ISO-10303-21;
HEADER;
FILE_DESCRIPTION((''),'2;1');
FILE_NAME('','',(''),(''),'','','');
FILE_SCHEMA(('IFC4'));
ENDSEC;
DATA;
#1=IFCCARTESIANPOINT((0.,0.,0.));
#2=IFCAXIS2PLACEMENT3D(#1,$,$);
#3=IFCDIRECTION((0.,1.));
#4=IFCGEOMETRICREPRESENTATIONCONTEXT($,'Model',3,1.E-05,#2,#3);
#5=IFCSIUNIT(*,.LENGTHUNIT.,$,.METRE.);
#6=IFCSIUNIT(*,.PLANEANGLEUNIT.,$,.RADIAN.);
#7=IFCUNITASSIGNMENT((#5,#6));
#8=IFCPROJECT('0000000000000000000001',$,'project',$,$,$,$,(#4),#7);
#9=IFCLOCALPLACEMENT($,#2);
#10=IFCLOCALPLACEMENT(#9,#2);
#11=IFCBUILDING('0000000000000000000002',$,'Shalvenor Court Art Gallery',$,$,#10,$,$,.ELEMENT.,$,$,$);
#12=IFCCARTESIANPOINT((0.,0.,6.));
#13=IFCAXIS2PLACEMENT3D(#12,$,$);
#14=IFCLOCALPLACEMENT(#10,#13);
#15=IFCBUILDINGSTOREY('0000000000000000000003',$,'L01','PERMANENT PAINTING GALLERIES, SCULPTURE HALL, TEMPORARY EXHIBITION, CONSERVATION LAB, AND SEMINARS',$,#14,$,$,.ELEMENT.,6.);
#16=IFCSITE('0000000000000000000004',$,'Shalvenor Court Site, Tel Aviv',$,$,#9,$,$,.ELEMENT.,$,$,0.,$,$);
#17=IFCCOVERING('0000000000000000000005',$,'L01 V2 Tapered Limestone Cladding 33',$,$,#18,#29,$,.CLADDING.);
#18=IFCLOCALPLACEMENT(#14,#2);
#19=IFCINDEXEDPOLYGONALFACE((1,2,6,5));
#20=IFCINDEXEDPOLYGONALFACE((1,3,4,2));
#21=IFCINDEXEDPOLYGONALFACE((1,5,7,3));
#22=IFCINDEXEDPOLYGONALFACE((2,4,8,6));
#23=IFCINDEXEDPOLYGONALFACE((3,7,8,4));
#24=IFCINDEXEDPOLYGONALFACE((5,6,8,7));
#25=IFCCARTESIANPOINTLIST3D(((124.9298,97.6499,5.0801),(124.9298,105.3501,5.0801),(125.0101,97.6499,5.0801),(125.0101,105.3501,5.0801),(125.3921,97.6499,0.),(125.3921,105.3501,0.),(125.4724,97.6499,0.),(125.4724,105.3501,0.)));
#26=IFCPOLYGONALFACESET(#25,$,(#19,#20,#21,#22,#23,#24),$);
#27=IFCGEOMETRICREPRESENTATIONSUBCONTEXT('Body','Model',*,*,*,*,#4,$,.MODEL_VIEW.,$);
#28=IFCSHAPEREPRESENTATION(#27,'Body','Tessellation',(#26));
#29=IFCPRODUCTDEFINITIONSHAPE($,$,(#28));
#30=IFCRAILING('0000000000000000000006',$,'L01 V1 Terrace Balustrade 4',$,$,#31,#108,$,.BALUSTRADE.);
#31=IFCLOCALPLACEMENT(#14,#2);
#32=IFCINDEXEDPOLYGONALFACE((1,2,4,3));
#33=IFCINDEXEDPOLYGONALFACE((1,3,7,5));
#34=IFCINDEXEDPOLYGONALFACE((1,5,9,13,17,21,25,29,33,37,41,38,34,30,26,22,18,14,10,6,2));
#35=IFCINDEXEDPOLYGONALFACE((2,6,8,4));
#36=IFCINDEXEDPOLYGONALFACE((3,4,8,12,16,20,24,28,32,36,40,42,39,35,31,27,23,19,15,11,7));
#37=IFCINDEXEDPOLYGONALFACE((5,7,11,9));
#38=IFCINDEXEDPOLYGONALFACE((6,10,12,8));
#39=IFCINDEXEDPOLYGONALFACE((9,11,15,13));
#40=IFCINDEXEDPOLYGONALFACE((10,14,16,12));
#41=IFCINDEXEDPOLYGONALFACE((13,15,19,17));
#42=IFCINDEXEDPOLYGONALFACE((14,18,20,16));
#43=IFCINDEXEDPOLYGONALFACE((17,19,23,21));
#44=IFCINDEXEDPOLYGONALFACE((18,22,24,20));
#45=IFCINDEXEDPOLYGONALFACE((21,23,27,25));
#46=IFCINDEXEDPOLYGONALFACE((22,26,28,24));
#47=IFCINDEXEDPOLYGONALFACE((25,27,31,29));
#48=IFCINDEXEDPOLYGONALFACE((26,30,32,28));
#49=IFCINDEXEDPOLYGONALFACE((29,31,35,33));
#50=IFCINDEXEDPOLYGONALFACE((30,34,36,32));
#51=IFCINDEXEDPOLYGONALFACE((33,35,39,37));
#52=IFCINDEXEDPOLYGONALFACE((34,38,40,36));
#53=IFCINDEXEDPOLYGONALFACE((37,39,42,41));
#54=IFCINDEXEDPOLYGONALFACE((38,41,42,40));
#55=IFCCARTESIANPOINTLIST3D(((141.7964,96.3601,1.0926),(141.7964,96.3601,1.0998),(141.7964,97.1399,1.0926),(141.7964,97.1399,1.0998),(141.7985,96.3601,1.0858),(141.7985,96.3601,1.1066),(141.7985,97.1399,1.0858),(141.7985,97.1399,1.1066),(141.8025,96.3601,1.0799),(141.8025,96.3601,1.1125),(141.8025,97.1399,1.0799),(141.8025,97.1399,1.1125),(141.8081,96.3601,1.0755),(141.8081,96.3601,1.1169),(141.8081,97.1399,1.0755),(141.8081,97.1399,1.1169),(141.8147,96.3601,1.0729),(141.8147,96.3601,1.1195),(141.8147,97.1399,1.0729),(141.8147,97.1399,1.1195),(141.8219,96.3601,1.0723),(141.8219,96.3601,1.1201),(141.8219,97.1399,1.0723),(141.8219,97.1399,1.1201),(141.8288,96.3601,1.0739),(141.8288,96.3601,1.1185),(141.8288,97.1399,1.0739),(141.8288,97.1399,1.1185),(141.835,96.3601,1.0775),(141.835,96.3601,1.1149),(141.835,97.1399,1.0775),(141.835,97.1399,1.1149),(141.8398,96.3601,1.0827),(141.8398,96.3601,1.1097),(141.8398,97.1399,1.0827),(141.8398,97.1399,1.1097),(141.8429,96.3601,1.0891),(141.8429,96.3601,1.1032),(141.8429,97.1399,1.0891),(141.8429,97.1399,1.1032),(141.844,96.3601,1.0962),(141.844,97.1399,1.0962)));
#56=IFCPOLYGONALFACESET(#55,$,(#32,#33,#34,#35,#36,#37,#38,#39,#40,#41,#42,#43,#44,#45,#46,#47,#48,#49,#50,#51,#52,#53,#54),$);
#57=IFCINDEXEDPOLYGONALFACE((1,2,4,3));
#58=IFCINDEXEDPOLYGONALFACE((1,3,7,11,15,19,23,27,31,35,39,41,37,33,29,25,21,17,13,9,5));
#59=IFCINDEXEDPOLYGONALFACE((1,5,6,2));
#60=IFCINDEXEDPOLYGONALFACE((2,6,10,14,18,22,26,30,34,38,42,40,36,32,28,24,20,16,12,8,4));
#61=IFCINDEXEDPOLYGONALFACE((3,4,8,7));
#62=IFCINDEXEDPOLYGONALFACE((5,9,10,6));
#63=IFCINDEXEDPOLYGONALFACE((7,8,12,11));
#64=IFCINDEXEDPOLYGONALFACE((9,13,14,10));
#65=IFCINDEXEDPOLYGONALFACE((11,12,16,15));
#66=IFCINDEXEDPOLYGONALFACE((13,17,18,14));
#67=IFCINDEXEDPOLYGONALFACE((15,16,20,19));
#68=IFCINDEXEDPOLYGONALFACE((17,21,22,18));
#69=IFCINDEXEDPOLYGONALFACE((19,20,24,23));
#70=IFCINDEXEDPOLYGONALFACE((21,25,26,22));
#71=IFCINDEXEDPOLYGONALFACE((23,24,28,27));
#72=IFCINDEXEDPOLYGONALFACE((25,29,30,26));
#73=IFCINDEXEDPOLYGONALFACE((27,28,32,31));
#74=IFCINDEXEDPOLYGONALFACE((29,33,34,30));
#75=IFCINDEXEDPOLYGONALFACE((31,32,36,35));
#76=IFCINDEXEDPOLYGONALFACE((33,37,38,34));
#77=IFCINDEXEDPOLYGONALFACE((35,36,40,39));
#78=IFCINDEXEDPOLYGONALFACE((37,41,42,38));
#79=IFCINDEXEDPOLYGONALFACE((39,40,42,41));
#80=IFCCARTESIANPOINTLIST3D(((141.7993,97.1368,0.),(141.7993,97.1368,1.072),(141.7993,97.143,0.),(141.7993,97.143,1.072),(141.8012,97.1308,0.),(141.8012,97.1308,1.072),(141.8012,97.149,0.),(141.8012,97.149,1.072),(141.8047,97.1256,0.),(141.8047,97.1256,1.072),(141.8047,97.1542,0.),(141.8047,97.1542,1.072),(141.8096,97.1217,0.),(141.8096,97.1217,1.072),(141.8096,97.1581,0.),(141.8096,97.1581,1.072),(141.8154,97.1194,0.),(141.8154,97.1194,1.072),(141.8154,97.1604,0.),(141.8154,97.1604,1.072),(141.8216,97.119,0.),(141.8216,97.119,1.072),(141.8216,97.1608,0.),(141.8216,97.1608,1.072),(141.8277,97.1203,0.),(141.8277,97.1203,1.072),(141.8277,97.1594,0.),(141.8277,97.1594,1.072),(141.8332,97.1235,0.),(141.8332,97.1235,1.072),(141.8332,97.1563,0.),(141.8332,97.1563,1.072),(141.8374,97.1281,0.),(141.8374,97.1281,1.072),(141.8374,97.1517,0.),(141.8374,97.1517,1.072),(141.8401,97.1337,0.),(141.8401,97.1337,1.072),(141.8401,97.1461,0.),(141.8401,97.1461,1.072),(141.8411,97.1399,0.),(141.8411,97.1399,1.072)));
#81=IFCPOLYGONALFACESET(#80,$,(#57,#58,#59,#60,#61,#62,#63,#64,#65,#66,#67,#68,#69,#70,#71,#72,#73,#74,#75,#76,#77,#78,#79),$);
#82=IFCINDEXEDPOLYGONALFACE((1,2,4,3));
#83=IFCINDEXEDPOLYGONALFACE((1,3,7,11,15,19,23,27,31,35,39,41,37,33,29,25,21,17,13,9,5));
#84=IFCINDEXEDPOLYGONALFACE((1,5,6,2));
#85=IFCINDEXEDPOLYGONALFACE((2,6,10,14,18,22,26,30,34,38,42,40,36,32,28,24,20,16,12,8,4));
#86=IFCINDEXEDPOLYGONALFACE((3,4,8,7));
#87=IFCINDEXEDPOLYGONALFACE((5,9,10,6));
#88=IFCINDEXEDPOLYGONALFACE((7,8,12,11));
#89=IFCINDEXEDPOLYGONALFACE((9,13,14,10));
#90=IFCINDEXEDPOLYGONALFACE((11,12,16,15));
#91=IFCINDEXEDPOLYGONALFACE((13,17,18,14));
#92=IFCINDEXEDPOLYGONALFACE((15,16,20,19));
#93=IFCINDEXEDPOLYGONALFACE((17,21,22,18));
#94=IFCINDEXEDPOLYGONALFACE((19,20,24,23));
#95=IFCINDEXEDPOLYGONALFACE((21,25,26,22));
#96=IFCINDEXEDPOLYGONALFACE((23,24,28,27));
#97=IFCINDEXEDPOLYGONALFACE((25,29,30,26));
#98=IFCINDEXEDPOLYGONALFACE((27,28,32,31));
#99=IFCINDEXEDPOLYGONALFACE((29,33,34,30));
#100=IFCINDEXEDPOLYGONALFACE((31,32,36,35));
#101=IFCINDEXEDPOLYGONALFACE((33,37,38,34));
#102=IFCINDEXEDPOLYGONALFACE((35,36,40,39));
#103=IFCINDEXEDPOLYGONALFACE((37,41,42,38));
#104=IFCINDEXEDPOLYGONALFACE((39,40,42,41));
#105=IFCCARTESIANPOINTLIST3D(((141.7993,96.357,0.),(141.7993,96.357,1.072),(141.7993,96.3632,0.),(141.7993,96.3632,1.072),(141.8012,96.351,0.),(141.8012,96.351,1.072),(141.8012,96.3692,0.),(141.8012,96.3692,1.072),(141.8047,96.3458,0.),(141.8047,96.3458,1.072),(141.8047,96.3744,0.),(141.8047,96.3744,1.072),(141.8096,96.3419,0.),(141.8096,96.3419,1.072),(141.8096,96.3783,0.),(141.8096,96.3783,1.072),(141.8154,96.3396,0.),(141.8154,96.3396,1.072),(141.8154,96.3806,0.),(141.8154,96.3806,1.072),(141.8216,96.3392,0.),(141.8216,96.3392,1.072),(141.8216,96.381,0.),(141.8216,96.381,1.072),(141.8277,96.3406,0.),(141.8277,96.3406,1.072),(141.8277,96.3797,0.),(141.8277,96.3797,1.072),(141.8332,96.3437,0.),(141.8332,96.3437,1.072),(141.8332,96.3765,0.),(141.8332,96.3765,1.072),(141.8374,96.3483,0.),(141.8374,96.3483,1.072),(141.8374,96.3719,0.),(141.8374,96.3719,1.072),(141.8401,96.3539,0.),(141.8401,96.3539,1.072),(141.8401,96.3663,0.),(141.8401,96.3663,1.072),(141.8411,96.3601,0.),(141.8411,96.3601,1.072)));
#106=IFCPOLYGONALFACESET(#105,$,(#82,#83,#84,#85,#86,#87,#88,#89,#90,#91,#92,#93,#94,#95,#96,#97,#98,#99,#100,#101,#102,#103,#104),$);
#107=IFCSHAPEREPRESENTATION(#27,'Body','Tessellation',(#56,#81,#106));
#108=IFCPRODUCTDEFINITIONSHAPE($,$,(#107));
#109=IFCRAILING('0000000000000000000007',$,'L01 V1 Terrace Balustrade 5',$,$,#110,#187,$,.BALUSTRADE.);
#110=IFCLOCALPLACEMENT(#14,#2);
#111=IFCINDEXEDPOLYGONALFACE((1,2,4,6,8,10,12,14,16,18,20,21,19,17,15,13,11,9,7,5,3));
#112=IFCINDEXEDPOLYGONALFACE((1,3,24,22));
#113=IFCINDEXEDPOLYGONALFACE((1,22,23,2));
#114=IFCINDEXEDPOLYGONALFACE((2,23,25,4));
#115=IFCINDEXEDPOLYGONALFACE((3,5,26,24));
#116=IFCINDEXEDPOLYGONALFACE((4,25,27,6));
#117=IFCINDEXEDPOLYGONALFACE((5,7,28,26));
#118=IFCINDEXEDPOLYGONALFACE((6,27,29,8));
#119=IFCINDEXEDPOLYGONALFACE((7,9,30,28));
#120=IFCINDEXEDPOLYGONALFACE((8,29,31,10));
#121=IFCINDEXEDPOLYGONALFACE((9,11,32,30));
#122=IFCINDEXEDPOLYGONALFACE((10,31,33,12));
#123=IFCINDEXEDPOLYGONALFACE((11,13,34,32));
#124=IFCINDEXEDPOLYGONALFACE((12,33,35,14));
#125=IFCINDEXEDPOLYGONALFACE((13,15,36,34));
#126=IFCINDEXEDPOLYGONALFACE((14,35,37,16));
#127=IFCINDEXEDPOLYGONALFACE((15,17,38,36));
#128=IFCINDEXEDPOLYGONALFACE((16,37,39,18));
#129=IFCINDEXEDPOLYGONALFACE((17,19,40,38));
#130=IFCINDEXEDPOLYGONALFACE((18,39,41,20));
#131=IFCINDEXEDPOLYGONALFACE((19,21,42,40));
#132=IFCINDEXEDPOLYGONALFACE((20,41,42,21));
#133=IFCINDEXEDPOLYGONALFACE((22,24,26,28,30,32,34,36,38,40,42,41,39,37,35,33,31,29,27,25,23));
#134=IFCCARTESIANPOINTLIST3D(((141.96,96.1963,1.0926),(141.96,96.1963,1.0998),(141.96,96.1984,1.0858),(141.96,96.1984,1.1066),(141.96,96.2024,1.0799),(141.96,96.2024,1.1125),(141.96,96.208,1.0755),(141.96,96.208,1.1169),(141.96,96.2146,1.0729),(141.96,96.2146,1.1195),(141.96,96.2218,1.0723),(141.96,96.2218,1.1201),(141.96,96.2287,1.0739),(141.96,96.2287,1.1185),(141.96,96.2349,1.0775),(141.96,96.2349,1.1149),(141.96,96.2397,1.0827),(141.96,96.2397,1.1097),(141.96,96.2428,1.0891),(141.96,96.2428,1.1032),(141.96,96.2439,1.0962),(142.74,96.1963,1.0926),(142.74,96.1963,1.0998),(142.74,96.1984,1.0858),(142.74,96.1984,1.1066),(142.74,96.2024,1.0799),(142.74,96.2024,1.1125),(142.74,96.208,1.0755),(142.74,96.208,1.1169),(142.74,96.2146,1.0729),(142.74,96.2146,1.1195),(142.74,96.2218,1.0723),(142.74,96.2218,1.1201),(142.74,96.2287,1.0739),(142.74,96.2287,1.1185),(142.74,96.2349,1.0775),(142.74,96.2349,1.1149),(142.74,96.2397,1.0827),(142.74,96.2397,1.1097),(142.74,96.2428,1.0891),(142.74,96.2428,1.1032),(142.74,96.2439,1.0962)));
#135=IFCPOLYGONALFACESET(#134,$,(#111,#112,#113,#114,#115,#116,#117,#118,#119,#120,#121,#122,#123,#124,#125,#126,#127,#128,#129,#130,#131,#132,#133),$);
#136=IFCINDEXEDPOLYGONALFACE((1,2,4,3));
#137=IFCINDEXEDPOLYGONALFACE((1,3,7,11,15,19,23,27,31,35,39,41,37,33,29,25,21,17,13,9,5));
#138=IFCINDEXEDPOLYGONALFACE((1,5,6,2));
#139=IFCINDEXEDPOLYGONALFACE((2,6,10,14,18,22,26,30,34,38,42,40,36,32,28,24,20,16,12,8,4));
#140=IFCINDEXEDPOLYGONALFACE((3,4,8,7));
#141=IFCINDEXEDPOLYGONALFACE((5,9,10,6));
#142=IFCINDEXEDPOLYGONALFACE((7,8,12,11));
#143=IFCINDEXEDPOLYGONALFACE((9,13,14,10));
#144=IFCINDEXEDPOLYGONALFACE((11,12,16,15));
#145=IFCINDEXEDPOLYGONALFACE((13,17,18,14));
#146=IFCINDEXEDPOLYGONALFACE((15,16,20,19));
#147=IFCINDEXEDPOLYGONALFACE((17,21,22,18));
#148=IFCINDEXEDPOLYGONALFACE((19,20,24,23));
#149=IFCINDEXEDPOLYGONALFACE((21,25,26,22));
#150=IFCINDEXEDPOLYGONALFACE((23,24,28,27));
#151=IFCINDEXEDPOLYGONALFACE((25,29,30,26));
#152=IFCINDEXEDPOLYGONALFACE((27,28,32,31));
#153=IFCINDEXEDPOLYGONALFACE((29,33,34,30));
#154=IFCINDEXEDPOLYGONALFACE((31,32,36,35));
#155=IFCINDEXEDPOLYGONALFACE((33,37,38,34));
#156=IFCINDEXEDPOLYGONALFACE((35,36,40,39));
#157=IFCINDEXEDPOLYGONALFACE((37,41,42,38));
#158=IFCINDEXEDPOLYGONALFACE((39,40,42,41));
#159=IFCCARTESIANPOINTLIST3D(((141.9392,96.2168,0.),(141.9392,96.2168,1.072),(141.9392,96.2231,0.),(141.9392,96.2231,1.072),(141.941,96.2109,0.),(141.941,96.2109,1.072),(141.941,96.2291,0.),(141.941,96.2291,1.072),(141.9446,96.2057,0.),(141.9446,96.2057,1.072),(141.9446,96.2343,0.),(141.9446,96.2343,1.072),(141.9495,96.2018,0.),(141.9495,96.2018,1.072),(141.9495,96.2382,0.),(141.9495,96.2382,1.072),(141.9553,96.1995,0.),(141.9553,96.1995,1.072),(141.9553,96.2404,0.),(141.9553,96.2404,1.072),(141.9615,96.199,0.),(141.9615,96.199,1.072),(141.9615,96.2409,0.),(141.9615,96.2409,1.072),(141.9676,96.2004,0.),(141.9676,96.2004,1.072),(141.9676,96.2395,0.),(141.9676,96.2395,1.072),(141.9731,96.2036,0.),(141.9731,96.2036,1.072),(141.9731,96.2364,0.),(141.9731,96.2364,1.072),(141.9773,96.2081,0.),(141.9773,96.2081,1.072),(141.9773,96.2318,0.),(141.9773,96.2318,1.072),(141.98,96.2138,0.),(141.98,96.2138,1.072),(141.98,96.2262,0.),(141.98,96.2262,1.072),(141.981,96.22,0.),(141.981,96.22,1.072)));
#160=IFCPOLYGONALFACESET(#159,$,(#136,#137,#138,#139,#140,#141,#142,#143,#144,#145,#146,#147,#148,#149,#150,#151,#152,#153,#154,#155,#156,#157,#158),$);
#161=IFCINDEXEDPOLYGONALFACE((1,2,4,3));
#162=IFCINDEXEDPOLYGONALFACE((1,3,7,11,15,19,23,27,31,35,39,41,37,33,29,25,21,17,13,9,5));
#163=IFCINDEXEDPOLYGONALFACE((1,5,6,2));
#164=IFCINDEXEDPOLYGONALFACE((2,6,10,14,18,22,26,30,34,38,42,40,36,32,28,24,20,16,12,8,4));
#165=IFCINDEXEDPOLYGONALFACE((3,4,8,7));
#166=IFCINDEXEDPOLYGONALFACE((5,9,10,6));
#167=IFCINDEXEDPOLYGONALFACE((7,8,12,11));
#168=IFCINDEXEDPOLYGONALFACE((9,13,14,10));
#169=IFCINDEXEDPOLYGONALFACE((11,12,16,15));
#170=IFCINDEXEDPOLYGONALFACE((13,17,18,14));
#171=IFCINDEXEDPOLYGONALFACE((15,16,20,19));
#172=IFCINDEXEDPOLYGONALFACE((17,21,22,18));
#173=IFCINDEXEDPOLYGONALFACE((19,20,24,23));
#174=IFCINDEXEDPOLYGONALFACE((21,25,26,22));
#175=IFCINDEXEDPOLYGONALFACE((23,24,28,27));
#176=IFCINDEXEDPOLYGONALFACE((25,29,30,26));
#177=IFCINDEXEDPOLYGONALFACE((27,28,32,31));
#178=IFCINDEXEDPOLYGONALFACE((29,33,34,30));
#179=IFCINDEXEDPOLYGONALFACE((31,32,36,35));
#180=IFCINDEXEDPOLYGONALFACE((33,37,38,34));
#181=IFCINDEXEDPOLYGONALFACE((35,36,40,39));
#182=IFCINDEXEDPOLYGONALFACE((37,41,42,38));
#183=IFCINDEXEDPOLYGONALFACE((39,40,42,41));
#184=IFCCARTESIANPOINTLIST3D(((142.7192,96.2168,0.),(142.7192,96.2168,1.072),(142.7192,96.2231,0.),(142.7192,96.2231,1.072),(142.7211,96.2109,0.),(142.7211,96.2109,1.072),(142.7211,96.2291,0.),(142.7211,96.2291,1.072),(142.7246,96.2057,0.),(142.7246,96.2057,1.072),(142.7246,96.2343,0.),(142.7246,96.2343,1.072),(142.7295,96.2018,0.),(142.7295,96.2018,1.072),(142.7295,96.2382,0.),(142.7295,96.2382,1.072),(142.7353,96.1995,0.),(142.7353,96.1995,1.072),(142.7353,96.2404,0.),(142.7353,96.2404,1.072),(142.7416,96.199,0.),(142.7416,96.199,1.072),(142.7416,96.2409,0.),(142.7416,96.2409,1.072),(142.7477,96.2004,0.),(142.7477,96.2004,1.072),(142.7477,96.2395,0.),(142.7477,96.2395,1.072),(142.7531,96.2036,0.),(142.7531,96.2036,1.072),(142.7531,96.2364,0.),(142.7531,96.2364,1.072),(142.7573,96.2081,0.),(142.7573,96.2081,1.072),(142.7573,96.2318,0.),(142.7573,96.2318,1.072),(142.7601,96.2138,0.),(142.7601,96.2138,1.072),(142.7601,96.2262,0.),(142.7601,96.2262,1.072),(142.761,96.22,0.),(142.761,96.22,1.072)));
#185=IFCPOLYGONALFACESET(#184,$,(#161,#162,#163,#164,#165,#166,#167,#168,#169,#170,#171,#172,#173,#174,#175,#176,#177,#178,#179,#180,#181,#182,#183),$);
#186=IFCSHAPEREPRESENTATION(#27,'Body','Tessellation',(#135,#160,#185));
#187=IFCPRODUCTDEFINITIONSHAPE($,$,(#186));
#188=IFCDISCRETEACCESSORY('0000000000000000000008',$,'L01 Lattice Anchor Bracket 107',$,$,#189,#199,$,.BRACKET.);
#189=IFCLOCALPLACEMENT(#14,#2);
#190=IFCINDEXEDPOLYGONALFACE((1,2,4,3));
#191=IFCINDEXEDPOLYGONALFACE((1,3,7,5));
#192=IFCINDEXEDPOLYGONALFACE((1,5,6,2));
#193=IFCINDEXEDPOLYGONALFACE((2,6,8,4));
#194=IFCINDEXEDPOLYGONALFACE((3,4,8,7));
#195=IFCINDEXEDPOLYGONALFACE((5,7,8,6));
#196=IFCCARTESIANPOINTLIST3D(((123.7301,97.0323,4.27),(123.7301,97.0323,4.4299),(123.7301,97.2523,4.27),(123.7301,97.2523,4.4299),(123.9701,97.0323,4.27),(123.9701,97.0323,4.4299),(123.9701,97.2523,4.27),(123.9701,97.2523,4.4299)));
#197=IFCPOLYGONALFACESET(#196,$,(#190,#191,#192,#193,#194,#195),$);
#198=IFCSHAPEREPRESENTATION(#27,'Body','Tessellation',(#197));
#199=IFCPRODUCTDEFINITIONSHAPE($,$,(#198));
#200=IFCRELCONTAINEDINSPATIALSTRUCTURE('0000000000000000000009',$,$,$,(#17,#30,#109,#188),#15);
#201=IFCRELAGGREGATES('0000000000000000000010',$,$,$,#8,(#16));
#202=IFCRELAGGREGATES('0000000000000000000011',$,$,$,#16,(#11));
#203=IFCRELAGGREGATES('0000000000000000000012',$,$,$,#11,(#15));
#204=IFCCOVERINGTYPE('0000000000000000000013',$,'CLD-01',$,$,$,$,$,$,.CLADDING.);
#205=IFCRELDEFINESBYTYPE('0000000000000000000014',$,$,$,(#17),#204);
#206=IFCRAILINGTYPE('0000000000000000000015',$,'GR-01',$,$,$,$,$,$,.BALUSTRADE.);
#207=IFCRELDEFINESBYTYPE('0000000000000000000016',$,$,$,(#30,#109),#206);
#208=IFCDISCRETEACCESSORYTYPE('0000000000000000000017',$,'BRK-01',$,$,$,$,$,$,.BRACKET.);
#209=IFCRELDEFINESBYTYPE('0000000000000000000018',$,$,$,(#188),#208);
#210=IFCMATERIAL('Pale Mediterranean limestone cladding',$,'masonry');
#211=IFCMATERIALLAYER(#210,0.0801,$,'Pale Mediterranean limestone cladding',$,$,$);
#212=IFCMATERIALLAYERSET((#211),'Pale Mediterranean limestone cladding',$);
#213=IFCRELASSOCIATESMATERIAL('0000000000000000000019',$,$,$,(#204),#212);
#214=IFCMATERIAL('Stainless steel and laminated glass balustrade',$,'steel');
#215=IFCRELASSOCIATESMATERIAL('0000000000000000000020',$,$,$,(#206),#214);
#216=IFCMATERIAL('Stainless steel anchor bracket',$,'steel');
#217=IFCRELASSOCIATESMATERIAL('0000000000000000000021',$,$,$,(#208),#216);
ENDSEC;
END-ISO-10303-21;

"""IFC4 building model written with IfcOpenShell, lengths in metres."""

from ifc_helpers import new_model, si_unit, direction, frame, origin, origin_2d, place, context, subcontext, project, spatial, polyline, rectangle, circle, outline, extrude, material, layer, layer_set, type_object, element, save


model = new_model("IFC4")

# Units and contexts
model_context = context("Model", 3, precision=1e-05, world=origin(), true_north=direction((0.0, 1.0)))
body_context = subcontext(model_context, "Body", "Model", "MODEL_VIEW")
ifc_project = project(units=[si_unit("LENGTHUNIT", "METRE"), si_unit("PLANEANGLEUNIT", "RADIAN")], contexts=[model_context])

# Site, building, storey
site_placement = place(None, origin())
site = spatial("IfcSite", under=ifc_project, at=site_placement, Name="Shalvenor Court Site, Tel Aviv", CompositionType="ELEMENT", RefElevation=0.0)
building_placement = place(site_placement, origin())
building = spatial("IfcBuilding", under=site, at=building_placement, Name="Shalvenor Court Art Gallery", CompositionType="ELEMENT")
storey_placement = place(building_placement, frame((0.0, 0.0, 6.0)))
storey = spatial("IfcBuildingStorey", under=building, at=storey_placement, Name="L01", Description="PERMANENT PAINTING GALLERIES, SCULPTURE HALL, TEMPORARY EXHIBITION, CONSERVATION LAB, AND SEMINARS", CompositionType="ELEMENT", Elevation=6.0)

# Covering
ifc_material_1 = material(Name="Pale Mediterranean limestone cladding", Category="masonry")
ifc_layer_1 = layer(ifc_material_1, 0.0801, Name="Pale Mediterranean limestone cladding")
ifc_layer_set_1 = layer_set([ifc_layer_1], Name="Pale Mediterranean limestone cladding")
covering_type = type_object("IfcCoveringType", Name="CLD-01", PredefinedType="CLADDING", material=ifc_layer_set_1)
covering_placement = place(storey_placement, frame((125.4724, 97.6499, 0.0), z_axis=(0.0, 0.0, 1.0), x_axis=(0.0, 1.0, 0.0)))
element("IfcCovering", 1, at=covering_placement, inside=storey, type_object=covering_type, Name="L01 V2 Tapered Limestone Cladding 33", PredefinedType="CLADDING", context=body_context, shape_type="SweptSolid", body=[
    extrude(outline(polyline([(0.0, 0.0), (7.7002, 0.0), (7.7002, 5.1011), (0.0, 5.1011), (0.0, 0.0)])), frame((0.0, 0.0, 0.0), z_axis=(0.0, -0.995884, 0.090633), x_axis=(1.0, 0.0, 0.0)), (0.0, 0.090633, -0.995884), 0.0803),
])

# Railings
ifc_material_2 = material(Name="Stainless steel and laminated glass balustrade", Category="steel")
railing_type = type_object("IfcRailingType", Name="GR-01", PredefinedType="BALUSTRADE", material=ifc_material_2)
railing_1_placement = place(storey_placement, frame((141.8201, 97.1399, 0.0)))
element("IfcRailing", 2, at=railing_1_placement, inside=storey, type_object=railing_type, Name="L01 V1 Terrace Balustrade 4", PredefinedType="BALUSTRADE", context=body_context, shape_type="SweptSolid", body=[
    extrude(circle(Radius=0.0239, at=origin_2d()), frame((0.0, 0.0, 1.0962), z_axis=(0.0, -1.0, 0.0), x_axis=(1.0, 0.0, 0.0)), (0.0, 0.0, 1.0), 0.7798),
    extrude(circle(Radius=0.021, at=origin_2d()), origin(), (0.0, 0.0, 1.0), 1.072),
    extrude(circle(Radius=0.021, at=origin_2d()), frame((0.0, -0.7798, 0.0)), (0.0, 0.0, 1.0), 1.072),
])
railing_2_placement = place(storey_placement, frame((141.96, 96.22, 0.0)))
element("IfcRailing", 3, at=railing_2_placement, inside=storey, type_object=railing_type, Name="L01 V1 Terrace Balustrade 5", PredefinedType="BALUSTRADE", context=body_context, shape_type="SweptSolid", body=[
    extrude(circle(Radius=0.0239, at=origin_2d()), frame((0.0, 0.0, 1.0962), z_axis=(1.0, 0.0, 0.0), x_axis=(0.0, 1.0, 0.0)), (0.0, 0.0, 1.0), 0.78),
    extrude(circle(Radius=0.021, at=origin_2d()), origin(), (0.0, 0.0, 1.0), 1.072),
    extrude(circle(Radius=0.021, at=origin_2d()), frame((0.78, 0.0, 0.0)), (0.0, 0.0, 1.0), 1.072),
])

# Discrete accessory
ifc_material_3 = material(Name="Stainless steel anchor bracket", Category="steel")
discrete_accessory_type = type_object("IfcDiscreteAccessoryType", Name="BRK-01", PredefinedType="BRACKET", material=ifc_material_3)
discrete_accessory_placement = place(storey_placement, frame((123.8501, 97.1423, 4.27), z_axis=(0.0, 0.0, 1.0), x_axis=(-1.0, 0.0, 0.0)))
element("IfcDiscreteAccessory", 4, at=discrete_accessory_placement, inside=storey, type_object=discrete_accessory_type, Name="L01 Lattice Anchor Bracket 107", PredefinedType="BRACKET", context=body_context, shape_type="SweptSolid", body=[
    extrude(rectangle(XDim=0.24, YDim=0.22, at=origin_2d()), origin(), (0.0, 0.0, 1.0), 0.1599),
])

save(model, "model.ifc")
